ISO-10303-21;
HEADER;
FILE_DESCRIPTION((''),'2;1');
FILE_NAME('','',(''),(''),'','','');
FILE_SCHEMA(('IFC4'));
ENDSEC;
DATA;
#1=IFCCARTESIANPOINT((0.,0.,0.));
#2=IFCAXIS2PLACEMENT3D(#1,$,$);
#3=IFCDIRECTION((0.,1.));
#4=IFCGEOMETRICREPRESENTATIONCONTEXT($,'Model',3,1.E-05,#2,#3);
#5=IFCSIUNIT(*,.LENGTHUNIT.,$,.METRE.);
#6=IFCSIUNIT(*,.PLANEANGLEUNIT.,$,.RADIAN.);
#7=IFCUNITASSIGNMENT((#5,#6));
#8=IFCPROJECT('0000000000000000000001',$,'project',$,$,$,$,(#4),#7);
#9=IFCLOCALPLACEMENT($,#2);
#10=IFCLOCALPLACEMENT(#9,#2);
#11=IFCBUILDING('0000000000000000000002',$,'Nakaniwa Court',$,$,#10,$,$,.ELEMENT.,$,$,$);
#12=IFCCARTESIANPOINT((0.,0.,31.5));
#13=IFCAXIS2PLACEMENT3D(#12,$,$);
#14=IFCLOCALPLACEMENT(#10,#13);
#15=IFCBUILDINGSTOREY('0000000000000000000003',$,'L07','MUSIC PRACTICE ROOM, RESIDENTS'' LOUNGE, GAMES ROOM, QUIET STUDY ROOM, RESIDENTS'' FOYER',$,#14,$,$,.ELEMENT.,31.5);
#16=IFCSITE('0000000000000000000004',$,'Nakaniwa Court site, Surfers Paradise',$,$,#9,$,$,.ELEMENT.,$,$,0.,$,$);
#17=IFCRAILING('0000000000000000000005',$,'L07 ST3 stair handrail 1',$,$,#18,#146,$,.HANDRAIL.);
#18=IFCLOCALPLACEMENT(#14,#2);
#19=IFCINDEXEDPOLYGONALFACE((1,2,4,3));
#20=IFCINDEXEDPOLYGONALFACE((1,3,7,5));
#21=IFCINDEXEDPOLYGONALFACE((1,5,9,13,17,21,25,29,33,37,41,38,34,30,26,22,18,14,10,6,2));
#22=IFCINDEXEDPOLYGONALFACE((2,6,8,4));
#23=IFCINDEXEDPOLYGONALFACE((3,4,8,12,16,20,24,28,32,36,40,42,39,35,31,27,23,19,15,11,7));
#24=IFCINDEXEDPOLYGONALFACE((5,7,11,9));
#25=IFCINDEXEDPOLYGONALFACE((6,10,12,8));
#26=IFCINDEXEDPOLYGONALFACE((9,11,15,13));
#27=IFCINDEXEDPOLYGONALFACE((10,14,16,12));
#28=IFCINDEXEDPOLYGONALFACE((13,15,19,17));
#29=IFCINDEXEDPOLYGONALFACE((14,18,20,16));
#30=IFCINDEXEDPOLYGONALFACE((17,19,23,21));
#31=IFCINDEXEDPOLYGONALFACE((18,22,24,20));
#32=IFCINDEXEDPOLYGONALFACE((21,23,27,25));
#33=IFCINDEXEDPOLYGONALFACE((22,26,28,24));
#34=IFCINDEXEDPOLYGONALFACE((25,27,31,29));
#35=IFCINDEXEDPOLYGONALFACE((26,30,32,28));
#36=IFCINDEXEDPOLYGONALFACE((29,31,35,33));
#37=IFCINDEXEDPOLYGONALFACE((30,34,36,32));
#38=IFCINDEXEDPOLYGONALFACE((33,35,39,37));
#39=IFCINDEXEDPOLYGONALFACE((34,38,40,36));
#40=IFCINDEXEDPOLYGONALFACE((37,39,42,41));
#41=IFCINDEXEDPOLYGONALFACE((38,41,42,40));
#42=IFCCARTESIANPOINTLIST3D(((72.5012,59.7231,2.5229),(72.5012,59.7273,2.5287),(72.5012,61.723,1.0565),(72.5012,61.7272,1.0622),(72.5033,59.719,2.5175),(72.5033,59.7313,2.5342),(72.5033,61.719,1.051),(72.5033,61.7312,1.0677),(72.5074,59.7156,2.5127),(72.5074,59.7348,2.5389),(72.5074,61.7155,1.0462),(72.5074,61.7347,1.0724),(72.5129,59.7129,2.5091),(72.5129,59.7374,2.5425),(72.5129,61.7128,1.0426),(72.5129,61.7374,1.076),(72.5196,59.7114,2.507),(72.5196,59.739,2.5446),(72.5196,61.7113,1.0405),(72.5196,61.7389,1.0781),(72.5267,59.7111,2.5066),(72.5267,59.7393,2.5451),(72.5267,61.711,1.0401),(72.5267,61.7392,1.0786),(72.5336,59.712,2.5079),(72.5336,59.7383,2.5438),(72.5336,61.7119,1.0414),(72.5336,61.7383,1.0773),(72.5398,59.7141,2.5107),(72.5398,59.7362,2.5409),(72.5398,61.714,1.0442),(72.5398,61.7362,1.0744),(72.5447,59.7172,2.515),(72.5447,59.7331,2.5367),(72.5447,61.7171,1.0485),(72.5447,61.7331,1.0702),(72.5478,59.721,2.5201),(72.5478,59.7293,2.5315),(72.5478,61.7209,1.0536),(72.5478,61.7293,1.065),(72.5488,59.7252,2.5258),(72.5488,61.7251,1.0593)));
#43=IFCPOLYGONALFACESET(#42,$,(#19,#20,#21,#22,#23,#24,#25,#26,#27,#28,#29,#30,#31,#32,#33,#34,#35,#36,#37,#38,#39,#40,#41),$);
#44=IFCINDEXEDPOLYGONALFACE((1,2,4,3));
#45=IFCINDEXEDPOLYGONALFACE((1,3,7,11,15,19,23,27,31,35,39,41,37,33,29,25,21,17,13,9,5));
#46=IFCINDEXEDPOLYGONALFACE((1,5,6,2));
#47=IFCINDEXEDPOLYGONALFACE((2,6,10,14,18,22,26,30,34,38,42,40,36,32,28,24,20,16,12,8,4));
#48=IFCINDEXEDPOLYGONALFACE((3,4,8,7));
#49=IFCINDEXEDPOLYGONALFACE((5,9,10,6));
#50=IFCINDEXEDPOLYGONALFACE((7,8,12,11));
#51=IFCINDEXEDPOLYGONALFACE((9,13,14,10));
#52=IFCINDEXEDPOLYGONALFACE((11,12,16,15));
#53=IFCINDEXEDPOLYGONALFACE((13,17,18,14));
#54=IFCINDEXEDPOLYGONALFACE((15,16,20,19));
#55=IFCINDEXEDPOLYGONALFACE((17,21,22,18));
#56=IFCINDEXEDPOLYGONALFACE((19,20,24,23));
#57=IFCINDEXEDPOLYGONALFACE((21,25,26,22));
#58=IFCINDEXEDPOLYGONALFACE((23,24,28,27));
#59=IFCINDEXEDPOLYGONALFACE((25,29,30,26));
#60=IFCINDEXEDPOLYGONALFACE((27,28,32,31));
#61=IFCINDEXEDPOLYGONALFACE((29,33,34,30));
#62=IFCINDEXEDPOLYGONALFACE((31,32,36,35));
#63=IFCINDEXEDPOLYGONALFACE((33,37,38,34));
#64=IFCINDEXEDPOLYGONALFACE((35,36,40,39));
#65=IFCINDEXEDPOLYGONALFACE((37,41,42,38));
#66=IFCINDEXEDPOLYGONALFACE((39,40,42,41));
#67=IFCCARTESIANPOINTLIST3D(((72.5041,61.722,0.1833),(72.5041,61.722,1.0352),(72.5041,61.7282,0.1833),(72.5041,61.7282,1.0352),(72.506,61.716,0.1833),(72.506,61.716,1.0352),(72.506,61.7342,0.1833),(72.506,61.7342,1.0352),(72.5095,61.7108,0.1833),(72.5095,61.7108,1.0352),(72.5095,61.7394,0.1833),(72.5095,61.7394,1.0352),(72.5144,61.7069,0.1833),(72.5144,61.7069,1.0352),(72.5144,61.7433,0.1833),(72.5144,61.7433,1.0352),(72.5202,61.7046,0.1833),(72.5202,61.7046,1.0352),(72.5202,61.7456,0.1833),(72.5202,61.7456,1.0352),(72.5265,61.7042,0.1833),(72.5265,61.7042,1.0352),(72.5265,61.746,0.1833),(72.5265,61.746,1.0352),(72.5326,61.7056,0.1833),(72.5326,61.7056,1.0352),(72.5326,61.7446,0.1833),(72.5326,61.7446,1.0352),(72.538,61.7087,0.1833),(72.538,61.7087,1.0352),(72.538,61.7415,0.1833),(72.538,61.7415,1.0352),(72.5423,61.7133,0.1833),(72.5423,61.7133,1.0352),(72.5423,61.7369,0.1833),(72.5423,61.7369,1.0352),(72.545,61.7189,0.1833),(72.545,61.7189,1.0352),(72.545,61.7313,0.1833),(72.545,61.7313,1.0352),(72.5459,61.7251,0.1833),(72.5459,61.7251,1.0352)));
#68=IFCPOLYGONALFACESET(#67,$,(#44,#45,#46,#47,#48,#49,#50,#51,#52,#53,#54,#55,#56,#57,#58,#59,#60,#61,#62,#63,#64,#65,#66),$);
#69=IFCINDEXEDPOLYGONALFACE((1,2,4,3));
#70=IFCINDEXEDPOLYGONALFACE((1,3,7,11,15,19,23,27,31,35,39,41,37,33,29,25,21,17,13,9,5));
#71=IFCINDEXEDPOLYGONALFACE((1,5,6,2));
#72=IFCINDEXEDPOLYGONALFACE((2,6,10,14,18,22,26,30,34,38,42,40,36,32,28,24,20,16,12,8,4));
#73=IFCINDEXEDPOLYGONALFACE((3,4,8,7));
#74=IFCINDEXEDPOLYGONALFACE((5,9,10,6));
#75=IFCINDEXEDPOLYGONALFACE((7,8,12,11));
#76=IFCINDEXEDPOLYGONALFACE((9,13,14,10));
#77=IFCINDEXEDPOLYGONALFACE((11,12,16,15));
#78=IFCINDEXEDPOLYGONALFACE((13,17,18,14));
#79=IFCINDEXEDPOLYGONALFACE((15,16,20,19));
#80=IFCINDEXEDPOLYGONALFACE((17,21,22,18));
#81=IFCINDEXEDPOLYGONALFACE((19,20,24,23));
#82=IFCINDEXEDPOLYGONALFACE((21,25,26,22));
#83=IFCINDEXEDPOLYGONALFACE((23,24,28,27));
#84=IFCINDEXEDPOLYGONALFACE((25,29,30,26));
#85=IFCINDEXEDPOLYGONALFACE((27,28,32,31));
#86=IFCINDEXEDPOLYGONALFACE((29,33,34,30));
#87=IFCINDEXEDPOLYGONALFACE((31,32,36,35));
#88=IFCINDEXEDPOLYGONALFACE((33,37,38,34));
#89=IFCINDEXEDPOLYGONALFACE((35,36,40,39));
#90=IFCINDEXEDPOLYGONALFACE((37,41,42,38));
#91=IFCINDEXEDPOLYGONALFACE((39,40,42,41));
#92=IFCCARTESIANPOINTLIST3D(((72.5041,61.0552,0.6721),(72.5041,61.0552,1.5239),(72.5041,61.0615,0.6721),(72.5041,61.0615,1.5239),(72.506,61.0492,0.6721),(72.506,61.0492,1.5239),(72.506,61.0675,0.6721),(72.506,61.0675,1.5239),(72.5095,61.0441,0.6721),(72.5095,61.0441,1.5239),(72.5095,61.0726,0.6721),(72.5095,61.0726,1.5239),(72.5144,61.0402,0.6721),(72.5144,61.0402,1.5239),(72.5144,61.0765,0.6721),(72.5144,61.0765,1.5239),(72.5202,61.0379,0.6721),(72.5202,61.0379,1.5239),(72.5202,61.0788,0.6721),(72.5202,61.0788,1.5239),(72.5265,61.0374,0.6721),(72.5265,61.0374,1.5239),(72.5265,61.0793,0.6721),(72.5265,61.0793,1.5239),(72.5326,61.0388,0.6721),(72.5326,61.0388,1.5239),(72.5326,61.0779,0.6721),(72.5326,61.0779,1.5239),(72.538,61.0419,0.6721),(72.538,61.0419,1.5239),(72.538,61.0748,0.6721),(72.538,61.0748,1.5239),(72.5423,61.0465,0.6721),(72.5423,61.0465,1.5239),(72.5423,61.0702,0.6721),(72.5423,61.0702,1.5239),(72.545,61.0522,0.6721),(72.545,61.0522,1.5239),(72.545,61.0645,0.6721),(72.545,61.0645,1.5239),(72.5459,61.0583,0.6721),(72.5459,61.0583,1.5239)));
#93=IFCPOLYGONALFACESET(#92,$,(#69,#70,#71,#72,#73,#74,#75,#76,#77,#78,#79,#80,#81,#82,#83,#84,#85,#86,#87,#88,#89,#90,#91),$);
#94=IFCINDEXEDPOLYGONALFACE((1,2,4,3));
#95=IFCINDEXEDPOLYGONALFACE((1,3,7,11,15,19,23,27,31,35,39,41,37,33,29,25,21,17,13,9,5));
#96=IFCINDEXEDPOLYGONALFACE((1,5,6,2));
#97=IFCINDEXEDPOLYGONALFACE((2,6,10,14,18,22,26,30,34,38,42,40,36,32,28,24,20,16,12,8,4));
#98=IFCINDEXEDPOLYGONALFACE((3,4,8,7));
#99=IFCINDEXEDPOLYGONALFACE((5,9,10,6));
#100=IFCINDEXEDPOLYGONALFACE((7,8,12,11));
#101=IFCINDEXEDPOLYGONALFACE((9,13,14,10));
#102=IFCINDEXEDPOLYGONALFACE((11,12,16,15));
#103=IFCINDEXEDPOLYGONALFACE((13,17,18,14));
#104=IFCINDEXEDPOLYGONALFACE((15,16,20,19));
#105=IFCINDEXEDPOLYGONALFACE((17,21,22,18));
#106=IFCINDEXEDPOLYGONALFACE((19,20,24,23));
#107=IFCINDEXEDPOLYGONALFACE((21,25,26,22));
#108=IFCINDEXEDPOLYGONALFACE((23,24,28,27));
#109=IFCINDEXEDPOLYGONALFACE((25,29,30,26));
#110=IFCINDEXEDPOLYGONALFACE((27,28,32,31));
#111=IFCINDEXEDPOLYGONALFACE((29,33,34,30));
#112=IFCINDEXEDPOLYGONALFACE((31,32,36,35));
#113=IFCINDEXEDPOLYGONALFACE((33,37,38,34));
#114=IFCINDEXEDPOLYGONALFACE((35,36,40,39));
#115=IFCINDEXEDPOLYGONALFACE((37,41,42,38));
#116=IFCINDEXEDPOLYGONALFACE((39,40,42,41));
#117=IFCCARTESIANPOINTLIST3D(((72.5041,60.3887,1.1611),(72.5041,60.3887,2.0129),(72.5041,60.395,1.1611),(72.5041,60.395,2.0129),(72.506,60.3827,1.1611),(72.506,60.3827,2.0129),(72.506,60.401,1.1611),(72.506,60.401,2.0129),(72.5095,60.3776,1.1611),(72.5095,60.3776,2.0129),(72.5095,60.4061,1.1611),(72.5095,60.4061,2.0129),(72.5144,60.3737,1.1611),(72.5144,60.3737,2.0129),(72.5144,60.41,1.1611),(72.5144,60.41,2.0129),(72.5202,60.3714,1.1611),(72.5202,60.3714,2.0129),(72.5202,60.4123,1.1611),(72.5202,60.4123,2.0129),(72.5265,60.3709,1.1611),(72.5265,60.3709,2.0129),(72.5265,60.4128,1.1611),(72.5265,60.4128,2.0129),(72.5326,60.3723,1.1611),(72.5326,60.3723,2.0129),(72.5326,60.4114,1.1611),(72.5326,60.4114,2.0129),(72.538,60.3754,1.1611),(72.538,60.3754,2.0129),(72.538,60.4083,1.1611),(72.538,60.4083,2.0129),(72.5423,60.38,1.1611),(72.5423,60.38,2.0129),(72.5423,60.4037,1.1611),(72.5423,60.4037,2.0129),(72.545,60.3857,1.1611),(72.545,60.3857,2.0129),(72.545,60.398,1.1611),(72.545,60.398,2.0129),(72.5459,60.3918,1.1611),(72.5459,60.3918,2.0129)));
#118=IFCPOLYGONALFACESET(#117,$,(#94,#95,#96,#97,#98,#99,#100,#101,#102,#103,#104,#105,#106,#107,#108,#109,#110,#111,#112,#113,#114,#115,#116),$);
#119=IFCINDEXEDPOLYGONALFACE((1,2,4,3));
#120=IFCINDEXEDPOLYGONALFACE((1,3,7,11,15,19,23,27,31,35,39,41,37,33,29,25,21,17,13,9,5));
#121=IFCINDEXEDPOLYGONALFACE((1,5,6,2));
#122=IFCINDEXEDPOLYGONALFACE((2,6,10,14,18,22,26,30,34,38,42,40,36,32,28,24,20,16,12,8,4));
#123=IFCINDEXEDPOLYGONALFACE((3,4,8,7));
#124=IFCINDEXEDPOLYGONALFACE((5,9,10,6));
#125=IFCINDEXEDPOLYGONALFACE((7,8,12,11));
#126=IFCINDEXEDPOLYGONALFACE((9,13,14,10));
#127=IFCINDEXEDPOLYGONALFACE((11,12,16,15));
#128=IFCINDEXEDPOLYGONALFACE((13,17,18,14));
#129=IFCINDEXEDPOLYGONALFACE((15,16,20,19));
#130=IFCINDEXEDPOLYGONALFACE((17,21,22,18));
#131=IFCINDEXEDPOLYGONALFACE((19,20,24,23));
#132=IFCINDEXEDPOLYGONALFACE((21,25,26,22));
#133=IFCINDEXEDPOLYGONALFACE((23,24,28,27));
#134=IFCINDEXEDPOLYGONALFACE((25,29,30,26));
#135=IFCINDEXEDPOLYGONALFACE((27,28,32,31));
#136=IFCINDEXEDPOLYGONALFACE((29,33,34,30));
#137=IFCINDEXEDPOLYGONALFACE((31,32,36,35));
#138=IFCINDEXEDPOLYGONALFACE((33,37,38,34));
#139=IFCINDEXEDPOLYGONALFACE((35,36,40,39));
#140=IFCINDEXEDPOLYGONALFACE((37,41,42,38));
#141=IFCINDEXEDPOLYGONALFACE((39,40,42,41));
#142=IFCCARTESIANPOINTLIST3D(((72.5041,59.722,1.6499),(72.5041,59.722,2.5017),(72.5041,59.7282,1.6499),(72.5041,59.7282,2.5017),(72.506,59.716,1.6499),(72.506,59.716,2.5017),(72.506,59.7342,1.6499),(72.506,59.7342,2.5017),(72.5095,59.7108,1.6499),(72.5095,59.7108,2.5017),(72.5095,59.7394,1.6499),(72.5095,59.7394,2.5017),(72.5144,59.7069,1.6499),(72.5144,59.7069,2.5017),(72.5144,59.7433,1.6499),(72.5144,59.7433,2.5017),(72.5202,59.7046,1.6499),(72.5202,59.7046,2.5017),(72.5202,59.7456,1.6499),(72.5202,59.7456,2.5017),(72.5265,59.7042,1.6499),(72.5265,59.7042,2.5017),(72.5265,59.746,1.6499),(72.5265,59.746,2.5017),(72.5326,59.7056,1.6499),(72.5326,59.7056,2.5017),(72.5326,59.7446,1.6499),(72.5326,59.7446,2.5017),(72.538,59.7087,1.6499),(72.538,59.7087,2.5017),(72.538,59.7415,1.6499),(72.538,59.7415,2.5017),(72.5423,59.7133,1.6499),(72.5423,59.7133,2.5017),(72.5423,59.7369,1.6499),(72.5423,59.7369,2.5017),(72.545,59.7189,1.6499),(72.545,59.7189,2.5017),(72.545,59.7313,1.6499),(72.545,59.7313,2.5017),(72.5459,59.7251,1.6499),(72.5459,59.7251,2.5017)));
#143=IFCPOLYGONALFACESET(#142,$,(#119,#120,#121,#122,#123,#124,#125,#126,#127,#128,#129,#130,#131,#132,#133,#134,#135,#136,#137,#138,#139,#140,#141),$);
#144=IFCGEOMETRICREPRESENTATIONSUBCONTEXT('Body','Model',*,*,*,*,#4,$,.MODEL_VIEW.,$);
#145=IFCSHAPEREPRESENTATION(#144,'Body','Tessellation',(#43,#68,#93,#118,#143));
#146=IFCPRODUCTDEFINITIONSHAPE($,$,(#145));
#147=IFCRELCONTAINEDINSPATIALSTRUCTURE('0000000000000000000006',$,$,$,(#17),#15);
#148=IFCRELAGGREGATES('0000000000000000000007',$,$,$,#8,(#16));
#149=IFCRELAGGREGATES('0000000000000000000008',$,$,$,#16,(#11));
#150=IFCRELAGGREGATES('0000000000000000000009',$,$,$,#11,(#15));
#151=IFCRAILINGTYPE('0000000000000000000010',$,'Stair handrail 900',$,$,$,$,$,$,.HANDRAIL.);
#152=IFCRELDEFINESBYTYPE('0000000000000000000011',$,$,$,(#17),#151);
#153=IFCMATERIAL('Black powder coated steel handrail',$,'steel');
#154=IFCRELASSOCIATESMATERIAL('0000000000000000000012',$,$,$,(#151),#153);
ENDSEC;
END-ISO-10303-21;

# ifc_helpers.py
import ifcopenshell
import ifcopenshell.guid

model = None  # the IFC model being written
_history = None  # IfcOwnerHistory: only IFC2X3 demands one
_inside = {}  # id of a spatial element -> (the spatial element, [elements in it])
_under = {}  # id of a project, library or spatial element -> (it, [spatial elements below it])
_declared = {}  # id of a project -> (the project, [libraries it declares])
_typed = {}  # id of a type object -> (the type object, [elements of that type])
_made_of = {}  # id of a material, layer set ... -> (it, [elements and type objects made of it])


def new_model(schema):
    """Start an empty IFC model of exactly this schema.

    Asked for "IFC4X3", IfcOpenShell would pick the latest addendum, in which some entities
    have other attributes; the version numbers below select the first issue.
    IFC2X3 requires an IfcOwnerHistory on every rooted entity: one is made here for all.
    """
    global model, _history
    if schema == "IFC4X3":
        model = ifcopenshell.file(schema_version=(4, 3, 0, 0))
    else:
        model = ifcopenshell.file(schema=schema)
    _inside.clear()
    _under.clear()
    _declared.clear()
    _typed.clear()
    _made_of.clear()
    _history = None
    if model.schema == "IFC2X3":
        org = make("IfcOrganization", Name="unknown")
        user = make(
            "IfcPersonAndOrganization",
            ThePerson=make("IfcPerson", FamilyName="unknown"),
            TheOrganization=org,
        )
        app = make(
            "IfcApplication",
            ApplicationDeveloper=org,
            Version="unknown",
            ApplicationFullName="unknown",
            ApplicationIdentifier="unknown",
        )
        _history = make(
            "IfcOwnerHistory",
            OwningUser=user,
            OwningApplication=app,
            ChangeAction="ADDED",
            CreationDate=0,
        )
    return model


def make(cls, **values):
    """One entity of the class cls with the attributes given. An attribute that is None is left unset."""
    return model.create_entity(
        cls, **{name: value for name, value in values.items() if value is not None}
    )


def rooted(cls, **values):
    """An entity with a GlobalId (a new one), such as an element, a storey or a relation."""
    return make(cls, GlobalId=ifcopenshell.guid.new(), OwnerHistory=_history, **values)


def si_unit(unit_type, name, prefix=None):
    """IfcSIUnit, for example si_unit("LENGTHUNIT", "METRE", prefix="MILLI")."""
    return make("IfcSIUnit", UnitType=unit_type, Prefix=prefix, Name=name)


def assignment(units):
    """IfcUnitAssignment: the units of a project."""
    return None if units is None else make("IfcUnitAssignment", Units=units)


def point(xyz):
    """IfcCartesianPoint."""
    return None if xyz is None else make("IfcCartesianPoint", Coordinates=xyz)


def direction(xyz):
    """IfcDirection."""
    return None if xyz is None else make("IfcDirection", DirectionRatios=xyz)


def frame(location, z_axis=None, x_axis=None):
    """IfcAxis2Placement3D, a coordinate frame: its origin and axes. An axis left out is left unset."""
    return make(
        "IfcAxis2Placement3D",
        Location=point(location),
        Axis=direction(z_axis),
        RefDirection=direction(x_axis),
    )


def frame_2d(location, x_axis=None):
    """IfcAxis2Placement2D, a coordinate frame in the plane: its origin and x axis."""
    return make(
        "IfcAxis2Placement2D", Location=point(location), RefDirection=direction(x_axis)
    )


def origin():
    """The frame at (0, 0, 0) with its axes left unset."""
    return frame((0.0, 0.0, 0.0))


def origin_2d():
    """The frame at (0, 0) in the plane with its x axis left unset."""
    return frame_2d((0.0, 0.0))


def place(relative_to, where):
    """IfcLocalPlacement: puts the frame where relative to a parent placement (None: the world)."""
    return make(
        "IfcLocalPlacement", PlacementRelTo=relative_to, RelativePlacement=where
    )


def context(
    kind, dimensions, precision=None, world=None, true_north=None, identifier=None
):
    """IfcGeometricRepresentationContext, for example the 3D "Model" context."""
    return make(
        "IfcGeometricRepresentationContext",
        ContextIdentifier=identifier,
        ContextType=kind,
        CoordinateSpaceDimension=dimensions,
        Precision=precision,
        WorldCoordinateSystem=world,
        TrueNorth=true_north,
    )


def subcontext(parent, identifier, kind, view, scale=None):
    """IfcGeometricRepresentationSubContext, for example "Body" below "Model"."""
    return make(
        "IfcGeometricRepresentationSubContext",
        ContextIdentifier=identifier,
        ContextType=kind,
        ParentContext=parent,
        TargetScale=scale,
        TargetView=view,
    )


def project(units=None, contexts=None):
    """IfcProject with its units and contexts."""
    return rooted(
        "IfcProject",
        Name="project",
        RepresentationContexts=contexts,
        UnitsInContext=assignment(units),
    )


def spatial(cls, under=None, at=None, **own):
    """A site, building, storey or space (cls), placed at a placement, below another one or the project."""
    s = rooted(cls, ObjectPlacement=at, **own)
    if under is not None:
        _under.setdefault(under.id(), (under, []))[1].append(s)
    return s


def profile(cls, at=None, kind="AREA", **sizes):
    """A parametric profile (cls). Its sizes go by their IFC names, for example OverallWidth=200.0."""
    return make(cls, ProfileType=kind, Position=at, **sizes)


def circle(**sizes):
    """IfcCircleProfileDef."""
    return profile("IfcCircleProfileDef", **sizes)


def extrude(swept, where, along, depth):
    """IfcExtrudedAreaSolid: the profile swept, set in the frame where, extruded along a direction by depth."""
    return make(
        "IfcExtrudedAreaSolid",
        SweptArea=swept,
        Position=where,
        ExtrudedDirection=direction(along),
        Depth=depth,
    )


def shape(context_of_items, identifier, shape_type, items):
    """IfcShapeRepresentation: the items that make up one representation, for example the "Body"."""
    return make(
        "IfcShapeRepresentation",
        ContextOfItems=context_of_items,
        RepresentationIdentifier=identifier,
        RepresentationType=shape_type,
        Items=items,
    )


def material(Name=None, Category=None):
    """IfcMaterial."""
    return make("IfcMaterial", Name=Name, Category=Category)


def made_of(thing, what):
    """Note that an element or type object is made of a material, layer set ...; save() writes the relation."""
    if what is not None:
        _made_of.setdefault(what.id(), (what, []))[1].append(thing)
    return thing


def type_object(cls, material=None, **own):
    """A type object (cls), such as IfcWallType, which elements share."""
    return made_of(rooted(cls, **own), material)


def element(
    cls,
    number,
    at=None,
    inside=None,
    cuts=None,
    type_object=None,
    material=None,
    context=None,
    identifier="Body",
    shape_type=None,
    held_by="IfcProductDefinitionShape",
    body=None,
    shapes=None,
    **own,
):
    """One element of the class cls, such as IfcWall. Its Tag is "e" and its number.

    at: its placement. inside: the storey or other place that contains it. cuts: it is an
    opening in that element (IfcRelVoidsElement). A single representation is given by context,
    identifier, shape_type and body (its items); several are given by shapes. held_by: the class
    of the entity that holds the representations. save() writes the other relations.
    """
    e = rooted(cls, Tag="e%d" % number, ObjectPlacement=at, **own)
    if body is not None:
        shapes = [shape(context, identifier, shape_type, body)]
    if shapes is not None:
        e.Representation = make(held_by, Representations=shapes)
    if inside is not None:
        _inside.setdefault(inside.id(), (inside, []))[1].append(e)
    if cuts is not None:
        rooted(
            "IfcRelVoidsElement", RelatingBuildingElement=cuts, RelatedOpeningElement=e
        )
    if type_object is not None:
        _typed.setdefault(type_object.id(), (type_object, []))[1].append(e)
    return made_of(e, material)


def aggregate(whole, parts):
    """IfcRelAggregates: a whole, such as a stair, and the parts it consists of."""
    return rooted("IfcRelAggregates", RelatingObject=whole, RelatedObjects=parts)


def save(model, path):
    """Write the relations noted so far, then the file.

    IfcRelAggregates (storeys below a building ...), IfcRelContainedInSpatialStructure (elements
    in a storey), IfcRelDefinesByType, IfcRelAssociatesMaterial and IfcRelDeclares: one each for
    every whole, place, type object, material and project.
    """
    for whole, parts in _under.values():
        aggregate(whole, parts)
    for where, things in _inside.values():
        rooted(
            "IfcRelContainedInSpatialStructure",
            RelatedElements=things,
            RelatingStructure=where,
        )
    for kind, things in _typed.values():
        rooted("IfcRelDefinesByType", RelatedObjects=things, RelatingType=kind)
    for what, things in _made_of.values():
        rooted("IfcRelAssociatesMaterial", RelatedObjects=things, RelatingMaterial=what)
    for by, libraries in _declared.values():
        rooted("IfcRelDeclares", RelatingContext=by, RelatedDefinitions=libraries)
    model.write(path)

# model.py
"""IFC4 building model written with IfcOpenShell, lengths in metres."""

from ifc_helpers import new_model, si_unit, direction, frame, origin, origin_2d, place, context, subcontext, project, spatial, circle, extrude, material, type_object, element, save


model = new_model("IFC4")

# Units and contexts
model_context = context("Model", 3, precision=1e-05, world=origin(), true_north=direction((0.0, 1.0)))
body_context = subcontext(model_context, "Body", "Model", "MODEL_VIEW")
ifc_project = project(units=[si_unit("LENGTHUNIT", "METRE"), si_unit("PLANEANGLEUNIT", "RADIAN")], contexts=[model_context])

# Site, building, storey
site_placement = place(None, origin())
site = spatial("IfcSite", under=ifc_project, at=site_placement, Name="Nakaniwa Court site, Surfers Paradise", CompositionType="ELEMENT", RefElevation=0.0)
building_placement = place(site_placement, origin())
building = spatial("IfcBuilding", under=site, at=building_placement, Name="Nakaniwa Court", CompositionType="ELEMENT")
storey_placement = place(building_placement, frame((0.0, 0.0, 31.5)))
storey = spatial("IfcBuildingStorey", under=building, at=storey_placement, Name="L07", Description="MUSIC PRACTICE ROOM, RESIDENTS' LOUNGE, GAMES ROOM, QUIET STUDY ROOM, RESIDENTS' FOYER", CompositionType="ELEMENT", Elevation=31.5)

# Railing
ifc_material_1 = material(Name="Black powder coated steel handrail", Category="steel")
railing_type_1 = type_object("IfcRailingType", Name="Stair handrail 900", PredefinedType="HANDRAIL", material=ifc_material_1)
railing_1_placement = place(storey_placement, frame((72.5249, 61.7251, 0.1833)))
element("IfcRailing", 1, at=railing_1_placement, inside=storey, type_object=railing_type_1, Name="L07 ST3 stair handrail 1", PredefinedType="HANDRAIL", context=body_context, shape_type="SweptSolid", body=[
    extrude(circle(Radius=0.0239, at=origin_2d()), frame((0.0, 0.0, 0.876), z_axis=(0.0, -0.806427, 0.591334), x_axis=(1.0, 0.0, 0.0)), (0.0, 0.0, 1.0), 2.48),
    extrude(circle(Radius=0.021, at=origin_2d()), origin(), (0.0, 0.0, 1.0), 0.8518),
    extrude(circle(Radius=0.021, at=origin_2d()), frame((0.0, -0.6667, 0.4888)), (0.0, 0.0, 1.0), 0.8518),
    extrude(circle(Radius=0.021, at=origin_2d()), frame((0.0, -1.3333, 0.9778)), (0.0, 0.0, 1.0), 0.8518),
    extrude(circle(Radius=0.021, at=origin_2d()), frame((0.0, -2.0, 1.4666)), (0.0, 0.0, 1.0), 0.8518),
])

save(model, "model.ifc")
